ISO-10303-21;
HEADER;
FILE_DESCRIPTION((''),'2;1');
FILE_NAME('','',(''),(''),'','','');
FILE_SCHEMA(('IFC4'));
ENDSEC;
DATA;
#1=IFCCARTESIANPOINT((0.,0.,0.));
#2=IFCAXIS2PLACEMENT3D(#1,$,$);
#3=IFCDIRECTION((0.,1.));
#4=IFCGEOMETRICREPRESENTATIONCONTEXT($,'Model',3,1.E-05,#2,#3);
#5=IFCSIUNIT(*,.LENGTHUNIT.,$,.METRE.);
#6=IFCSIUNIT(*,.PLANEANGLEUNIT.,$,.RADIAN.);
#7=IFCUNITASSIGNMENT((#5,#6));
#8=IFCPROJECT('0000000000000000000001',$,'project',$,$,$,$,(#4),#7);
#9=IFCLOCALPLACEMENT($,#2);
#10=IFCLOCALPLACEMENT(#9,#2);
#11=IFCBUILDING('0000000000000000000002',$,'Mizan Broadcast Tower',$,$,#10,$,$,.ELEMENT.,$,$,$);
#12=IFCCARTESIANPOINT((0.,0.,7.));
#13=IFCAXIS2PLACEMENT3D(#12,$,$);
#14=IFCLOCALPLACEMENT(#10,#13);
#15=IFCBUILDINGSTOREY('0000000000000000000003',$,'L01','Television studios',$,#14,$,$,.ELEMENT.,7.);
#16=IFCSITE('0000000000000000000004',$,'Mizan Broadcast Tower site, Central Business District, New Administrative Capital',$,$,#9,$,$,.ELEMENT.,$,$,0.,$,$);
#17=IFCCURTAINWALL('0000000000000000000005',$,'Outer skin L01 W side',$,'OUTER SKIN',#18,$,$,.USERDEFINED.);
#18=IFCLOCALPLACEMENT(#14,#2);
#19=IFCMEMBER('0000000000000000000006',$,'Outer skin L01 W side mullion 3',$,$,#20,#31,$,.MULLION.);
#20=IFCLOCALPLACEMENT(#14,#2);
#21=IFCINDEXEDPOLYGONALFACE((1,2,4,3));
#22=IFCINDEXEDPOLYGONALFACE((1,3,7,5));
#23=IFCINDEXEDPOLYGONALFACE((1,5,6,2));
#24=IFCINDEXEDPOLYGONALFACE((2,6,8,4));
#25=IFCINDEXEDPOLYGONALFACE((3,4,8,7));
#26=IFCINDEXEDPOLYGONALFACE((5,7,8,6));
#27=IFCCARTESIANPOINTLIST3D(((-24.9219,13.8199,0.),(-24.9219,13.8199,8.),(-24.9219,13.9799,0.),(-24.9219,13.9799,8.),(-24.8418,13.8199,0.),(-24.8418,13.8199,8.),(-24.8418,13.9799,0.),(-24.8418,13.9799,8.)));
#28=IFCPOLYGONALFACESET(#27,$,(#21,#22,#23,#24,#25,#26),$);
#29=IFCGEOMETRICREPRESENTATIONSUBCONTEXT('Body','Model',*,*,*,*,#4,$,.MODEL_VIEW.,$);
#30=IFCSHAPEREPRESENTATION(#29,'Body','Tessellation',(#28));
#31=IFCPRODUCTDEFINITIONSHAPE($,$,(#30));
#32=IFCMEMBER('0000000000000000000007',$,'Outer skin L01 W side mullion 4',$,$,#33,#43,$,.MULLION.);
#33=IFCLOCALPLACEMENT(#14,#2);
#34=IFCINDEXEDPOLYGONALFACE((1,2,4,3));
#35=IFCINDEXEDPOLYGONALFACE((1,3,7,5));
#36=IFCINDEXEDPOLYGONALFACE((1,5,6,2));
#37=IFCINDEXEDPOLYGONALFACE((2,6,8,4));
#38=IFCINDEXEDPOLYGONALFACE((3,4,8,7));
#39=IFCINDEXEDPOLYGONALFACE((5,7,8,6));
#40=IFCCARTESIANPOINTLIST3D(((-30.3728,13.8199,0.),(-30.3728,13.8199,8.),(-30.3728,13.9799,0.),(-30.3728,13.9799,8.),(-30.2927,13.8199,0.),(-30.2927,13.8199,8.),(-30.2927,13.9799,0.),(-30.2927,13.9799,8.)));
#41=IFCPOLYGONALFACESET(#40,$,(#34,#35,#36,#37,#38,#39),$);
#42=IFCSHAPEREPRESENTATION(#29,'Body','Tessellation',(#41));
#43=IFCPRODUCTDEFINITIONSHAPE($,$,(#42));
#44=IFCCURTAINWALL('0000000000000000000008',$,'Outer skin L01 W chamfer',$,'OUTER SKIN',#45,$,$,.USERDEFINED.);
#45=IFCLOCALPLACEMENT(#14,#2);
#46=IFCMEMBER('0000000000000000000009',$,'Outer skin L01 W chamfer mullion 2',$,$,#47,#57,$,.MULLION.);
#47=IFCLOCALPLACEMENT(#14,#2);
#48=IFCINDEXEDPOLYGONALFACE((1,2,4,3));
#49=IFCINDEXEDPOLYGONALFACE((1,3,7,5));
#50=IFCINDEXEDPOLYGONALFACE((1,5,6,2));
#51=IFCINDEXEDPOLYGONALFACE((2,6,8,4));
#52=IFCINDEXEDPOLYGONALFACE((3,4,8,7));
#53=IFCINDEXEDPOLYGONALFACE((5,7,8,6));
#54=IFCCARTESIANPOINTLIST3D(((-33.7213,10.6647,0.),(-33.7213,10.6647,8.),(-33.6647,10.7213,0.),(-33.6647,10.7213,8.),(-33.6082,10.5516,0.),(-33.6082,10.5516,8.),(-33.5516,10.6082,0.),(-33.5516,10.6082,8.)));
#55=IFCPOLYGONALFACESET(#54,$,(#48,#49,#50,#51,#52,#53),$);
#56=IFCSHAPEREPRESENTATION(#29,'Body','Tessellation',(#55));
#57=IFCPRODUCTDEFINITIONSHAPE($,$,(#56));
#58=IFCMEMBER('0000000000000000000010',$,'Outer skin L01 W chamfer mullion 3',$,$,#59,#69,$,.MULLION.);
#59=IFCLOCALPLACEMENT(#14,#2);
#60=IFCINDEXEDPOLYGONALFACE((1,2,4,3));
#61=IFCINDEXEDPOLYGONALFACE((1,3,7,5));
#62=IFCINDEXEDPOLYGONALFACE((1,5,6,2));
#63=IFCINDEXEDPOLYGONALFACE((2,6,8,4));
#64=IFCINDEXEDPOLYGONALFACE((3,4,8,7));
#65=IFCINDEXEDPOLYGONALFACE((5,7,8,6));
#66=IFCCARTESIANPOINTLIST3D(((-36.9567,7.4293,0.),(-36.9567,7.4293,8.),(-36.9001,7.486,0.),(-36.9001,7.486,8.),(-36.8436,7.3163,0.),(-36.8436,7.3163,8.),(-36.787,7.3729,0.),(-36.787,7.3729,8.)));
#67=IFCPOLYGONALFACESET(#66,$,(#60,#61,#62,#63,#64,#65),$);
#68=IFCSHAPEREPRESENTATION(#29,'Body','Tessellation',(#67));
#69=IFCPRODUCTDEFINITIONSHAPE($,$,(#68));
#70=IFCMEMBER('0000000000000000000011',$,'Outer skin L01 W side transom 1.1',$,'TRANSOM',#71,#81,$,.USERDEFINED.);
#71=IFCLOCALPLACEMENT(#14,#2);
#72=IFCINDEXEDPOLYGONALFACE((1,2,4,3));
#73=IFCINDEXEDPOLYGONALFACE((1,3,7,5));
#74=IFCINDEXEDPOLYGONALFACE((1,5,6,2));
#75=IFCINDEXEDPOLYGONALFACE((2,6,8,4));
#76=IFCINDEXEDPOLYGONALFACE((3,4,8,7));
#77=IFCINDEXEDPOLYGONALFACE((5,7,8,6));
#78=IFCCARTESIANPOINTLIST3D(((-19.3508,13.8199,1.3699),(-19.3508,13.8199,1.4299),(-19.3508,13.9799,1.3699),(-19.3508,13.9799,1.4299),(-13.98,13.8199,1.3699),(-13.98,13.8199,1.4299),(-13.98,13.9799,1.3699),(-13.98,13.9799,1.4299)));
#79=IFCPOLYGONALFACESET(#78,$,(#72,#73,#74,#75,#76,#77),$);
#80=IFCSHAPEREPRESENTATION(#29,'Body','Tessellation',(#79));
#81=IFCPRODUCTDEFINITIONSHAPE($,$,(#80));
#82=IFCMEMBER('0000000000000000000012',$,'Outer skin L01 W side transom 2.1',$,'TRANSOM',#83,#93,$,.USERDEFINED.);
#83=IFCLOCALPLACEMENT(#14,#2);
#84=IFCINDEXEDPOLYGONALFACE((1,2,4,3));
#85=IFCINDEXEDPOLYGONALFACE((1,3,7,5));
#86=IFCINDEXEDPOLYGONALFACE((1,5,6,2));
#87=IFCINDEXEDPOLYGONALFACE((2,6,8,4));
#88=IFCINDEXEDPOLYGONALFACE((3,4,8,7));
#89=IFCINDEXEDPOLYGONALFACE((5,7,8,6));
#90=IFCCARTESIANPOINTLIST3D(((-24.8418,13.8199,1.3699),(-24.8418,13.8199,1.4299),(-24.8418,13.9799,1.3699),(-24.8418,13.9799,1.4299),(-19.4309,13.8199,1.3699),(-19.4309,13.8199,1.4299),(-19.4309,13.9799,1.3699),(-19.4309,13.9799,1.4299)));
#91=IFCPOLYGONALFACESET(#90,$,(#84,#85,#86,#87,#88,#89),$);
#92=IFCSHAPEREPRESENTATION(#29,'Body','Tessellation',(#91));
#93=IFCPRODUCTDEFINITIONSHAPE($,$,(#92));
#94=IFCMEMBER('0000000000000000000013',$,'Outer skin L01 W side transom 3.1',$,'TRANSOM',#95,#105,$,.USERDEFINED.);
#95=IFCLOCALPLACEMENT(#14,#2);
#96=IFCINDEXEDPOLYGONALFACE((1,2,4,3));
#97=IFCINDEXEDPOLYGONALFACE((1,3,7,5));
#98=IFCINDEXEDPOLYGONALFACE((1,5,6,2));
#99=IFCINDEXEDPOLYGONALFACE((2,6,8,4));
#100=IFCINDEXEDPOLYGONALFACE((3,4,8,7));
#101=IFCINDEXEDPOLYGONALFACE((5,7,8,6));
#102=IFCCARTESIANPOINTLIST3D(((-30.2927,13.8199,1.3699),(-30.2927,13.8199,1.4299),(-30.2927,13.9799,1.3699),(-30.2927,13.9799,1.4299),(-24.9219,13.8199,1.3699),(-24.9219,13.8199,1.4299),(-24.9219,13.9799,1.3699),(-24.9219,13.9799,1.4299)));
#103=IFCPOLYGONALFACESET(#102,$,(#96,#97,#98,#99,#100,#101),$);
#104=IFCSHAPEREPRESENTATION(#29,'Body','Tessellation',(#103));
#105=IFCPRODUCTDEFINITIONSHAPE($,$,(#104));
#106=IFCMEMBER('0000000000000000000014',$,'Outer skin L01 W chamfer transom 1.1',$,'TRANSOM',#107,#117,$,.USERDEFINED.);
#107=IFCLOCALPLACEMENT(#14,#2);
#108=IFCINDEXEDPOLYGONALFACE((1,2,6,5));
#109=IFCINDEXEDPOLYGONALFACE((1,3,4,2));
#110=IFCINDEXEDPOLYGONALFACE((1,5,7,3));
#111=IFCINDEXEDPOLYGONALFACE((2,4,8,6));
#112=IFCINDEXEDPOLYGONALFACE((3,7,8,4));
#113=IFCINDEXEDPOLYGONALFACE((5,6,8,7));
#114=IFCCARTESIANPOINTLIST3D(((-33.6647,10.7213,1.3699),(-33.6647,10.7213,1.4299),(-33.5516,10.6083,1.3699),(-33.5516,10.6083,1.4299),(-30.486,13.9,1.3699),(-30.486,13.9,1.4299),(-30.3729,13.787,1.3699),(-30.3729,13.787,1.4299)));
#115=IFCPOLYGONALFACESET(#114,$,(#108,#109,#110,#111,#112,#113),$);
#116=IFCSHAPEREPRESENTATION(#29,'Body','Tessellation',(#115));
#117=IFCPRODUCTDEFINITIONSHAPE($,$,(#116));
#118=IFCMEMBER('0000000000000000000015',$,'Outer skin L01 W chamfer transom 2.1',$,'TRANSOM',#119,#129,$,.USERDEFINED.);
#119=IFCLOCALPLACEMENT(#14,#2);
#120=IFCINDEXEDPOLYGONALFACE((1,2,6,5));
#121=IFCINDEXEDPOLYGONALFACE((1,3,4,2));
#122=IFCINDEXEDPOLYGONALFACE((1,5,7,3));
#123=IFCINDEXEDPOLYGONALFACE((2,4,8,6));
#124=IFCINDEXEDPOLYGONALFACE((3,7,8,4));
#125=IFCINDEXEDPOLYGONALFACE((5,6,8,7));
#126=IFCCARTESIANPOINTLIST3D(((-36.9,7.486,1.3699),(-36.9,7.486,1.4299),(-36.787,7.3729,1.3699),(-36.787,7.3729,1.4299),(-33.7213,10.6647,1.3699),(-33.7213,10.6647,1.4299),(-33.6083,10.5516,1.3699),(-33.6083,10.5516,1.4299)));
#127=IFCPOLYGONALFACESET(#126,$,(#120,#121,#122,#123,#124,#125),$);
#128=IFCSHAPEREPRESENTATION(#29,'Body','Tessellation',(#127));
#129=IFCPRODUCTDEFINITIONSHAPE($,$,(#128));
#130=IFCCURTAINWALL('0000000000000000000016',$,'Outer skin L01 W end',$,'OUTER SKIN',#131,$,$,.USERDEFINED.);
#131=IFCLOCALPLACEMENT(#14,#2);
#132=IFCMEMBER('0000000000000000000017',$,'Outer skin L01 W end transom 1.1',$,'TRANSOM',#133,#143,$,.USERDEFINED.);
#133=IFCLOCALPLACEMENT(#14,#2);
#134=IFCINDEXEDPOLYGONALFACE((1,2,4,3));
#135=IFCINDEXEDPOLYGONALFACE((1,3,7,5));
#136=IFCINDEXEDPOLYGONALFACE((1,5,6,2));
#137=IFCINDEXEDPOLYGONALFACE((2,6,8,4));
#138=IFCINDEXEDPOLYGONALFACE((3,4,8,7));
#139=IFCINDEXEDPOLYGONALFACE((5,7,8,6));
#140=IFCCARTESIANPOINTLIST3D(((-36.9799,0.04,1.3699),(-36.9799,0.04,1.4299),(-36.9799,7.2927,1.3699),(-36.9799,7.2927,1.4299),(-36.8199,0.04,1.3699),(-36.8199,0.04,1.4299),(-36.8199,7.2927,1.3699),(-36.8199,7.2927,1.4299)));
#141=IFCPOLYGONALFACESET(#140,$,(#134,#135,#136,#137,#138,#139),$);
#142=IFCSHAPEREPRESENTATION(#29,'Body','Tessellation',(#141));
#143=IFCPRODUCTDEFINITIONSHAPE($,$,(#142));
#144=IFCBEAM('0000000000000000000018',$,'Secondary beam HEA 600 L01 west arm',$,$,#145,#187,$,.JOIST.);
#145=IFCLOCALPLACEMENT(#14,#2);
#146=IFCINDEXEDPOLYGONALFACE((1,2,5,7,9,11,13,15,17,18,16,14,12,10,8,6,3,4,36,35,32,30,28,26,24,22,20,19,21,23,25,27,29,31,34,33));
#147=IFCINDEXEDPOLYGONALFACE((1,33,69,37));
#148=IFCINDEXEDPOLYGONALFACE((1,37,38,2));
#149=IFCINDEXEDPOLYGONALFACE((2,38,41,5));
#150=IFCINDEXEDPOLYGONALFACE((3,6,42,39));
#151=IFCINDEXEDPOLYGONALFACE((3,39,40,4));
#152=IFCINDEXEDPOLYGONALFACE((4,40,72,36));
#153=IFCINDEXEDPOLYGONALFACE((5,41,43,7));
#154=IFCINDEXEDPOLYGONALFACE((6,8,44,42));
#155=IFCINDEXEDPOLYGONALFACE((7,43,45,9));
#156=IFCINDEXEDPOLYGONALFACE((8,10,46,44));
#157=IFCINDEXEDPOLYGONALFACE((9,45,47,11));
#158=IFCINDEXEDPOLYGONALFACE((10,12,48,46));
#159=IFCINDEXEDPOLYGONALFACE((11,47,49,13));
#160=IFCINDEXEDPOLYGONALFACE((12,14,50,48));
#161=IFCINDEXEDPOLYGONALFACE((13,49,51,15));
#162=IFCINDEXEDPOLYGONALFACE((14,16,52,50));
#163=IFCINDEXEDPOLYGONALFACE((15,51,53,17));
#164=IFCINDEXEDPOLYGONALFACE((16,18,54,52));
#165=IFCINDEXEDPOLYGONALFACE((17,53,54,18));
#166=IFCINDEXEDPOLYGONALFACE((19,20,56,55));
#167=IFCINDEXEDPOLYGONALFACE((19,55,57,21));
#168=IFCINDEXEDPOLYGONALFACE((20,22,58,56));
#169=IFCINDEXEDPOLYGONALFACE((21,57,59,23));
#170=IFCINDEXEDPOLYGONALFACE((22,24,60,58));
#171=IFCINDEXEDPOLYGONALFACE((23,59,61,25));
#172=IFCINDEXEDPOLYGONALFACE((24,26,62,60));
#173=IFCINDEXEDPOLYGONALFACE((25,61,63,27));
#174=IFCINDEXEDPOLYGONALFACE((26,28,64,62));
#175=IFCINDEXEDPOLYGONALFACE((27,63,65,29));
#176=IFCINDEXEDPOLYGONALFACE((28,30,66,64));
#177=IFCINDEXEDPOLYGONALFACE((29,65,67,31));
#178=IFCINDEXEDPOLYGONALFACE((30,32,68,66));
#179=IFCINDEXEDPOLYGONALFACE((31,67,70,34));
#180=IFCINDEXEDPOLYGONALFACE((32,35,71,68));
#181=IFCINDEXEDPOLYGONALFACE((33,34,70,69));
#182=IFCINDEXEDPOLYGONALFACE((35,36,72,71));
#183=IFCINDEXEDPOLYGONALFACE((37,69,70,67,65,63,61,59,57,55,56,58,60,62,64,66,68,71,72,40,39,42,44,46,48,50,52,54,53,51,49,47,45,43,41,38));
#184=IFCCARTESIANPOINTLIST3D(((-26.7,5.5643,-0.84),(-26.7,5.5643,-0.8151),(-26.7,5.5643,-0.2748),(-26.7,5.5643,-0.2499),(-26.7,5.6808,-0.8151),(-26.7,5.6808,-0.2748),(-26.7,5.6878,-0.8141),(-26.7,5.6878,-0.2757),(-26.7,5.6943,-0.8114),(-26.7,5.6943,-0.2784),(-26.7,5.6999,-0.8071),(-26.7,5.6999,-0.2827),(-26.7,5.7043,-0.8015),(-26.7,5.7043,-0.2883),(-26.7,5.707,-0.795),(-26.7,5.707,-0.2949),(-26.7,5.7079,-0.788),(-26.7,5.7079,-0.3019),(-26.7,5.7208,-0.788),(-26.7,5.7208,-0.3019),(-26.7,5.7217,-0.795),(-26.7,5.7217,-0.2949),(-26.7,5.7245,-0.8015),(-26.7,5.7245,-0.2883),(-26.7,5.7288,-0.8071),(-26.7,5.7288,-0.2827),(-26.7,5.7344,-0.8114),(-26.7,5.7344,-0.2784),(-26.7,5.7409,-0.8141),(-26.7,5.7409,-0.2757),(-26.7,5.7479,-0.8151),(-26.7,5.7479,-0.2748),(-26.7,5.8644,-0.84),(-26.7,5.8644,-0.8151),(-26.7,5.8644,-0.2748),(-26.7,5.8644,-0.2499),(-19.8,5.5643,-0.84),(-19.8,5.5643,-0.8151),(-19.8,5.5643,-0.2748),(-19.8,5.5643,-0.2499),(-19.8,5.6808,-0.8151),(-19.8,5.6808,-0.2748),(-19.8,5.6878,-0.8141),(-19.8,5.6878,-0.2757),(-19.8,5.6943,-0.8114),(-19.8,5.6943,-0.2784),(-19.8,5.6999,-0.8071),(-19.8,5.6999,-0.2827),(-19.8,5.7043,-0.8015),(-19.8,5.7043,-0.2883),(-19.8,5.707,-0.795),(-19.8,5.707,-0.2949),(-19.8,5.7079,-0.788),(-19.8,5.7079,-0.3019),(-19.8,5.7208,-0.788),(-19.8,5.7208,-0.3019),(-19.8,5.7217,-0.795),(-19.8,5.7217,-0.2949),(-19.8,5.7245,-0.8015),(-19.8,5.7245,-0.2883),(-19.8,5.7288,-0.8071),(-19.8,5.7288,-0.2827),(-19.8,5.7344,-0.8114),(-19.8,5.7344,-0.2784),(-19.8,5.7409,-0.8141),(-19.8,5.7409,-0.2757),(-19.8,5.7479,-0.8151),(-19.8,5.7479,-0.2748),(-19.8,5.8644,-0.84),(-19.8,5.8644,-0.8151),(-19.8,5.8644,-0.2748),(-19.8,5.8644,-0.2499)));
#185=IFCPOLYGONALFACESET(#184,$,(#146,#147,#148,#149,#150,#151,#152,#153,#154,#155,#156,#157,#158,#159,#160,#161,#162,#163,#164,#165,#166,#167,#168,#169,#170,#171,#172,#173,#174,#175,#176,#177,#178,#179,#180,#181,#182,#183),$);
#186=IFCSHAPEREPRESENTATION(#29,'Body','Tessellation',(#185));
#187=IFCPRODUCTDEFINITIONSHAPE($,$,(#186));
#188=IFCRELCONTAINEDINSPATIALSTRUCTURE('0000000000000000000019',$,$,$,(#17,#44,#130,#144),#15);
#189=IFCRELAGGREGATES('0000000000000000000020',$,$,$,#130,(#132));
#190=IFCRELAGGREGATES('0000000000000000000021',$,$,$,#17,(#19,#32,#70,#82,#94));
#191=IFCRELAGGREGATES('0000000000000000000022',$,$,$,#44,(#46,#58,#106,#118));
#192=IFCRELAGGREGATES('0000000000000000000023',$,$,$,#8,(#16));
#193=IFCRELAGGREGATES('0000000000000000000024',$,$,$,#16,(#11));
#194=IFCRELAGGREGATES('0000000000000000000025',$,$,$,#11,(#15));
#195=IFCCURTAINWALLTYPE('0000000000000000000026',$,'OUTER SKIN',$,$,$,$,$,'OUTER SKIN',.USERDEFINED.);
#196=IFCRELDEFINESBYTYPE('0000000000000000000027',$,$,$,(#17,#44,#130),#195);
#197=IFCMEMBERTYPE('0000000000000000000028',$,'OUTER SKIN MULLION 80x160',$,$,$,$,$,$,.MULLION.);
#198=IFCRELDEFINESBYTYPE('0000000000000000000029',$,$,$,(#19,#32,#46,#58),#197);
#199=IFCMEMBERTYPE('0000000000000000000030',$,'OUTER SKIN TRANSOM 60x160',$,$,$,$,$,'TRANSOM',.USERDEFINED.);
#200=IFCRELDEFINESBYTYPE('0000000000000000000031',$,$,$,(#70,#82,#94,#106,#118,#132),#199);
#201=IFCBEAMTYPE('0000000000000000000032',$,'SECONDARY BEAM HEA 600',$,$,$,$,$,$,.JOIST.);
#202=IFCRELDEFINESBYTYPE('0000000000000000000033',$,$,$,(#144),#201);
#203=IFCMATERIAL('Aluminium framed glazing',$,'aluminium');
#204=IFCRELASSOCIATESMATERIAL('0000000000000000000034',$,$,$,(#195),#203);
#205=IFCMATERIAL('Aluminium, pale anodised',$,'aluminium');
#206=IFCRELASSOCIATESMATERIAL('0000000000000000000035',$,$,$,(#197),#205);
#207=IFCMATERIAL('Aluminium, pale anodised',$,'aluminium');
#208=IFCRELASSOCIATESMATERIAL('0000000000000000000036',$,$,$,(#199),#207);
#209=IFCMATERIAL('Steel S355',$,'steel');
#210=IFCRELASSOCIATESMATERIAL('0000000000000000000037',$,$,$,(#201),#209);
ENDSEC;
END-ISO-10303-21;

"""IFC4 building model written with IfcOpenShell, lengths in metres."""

from ifc_helpers import new_model, si_unit, direction, frame, origin, origin_2d, place, context, subcontext, project, spatial, rectangle, i_section, extrude, material, material_profile, profile_set, type_object, element, aggregate, save


model = new_model("IFC4")

# Units and contexts
model_context = context("Model", 3, precision=1e-05, world=origin(), true_north=direction((0.0, 1.0)))
body_context = subcontext(model_context, "Body", "Model", "MODEL_VIEW")
ifc_project = project(units=[si_unit("LENGTHUNIT", "METRE"), si_unit("PLANEANGLEUNIT", "RADIAN")], contexts=[model_context])

# Site, building, storey
site_placement = place(None, origin())
site = spatial("IfcSite", under=ifc_project, at=site_placement, Name="Mizan Broadcast Tower site, Central Business District, New Administrative Capital", CompositionType="ELEMENT", RefElevation=0.0)
building_placement = place(site_placement, origin())
building = spatial("IfcBuilding", under=site, at=building_placement, Name="Mizan Broadcast Tower", CompositionType="ELEMENT")
storey_placement = place(building_placement, frame((0.0, 0.0, 7.0)))
storey = spatial("IfcBuildingStorey", under=building, at=storey_placement, Name="L01", Description="Television studios", CompositionType="ELEMENT", Elevation=7.0)

# Shared definitions
ifc_material_1 = material(Name="Aluminium framed glazing", Category="aluminium")
curtain_wall_type_1 = type_object("IfcCurtainWallType", Name="OUTER SKIN", ElementType="OUTER SKIN", PredefinedType="USERDEFINED", material=ifc_material_1)
ifc_material_2 = material(Name="Aluminium, pale anodised", Category="aluminium")
ifc_material_profile_1 = material_profile(ifc_material_2, rectangle(XDim=0.1599, YDim=0.0801, at=origin_2d()), Name="MULLION 160x80")
ifc_profile_set_1 = profile_set([ifc_material_profile_1], Name="Aluminium, pale anodised")
member_type_1 = type_object("IfcMemberType", Name="OUTER SKIN MULLION 80x160", PredefinedType="MULLION", material=ifc_profile_set_1)

# Curtain walls, members
curtain_wall_1_placement = place(storey_placement, origin())
curtain_wall_1 = element("IfcCurtainWall", 1, at=curtain_wall_1_placement, inside=storey, type_object=curtain_wall_type_1, Name="Outer skin L01 W side", ObjectType="OUTER SKIN", PredefinedType="USERDEFINED")
member_1_placement = place(storey_placement, frame((-24.8818, 13.8999, 0.0), z_axis=(0.0, 0.0, 1.0), x_axis=(0.0, -1.0, 0.0)))
member_1 = element("IfcMember", 2, at=member_1_placement, type_object=member_type_1, Name="Outer skin L01 W side mullion 3", PredefinedType="MULLION", context=body_context, shape_type="SweptSolid", body=[
    extrude(rectangle(XDim=0.1599, YDim=0.0801, at=origin_2d()), origin(), (0.0, 0.0, 1.0), 8.0),
])
member_2_placement = place(storey_placement, frame((-30.3328, 13.8999, 0.0), z_axis=(0.0, 0.0, 1.0), x_axis=(0.0, -1.0, 0.0)))
member_2 = element("IfcMember", 3, at=member_2_placement, type_object=member_type_1, Name="Outer skin L01 W side mullion 4", PredefinedType="MULLION", context=body_context, shape_type="SweptSolid", body=[
    extrude(rectangle(XDim=0.1599, YDim=0.0801, at=origin_2d()), origin(), (0.0, 0.0, 1.0), 8.0),
])
curtain_wall_2_placement = place(storey_placement, origin())
curtain_wall_2 = element("IfcCurtainWall", 4, at=curtain_wall_2_placement, inside=storey, type_object=curtain_wall_type_1, Name="Outer skin L01 W chamfer", ObjectType="OUTER SKIN", PredefinedType="USERDEFINED")
member_3_placement = place(storey_placement, frame((-33.6365, 10.6365, 0.0), z_axis=(0.0, 0.0, 1.0), x_axis=(0.707107, -0.707107, 0.0)))
member_3 = element("IfcMember", 5, at=member_3_placement, type_object=member_type_1, Name="Outer skin L01 W chamfer mullion 2", PredefinedType="MULLION", context=body_context, shape_type="SweptSolid", body=[
    extrude(rectangle(XDim=0.1599, YDim=0.0801, at=origin_2d()), origin(), (0.0, 0.0, 1.0), 8.0),
])
member_4_placement = place(storey_placement, frame((-36.8718, 7.4011, 0.0), z_axis=(0.0, 0.0, 1.0), x_axis=(0.707107, -0.707107, 0.0)))
member_4 = element("IfcMember", 6, at=member_4_placement, type_object=member_type_1, Name="Outer skin L01 W chamfer mullion 3", PredefinedType="MULLION", context=body_context, shape_type="SweptSolid", body=[
    extrude(rectangle(XDim=0.1599, YDim=0.0801, at=origin_2d()), origin(), (0.0, 0.0, 1.0), 8.0),
])

# Members
ifc_material_3 = material(Name="Aluminium, pale anodised", Category="aluminium")
ifc_material_profile_2 = material_profile(ifc_material_3, rectangle(XDim=0.1599, YDim=0.0601, at=origin_2d()), Name="TRANSOM 160x60")
ifc_profile_set_2 = profile_set([ifc_material_profile_2], Name="Aluminium, pale anodised")
member_type_2 = type_object("IfcMemberType", Name="OUTER SKIN TRANSOM 60x160", ElementType="TRANSOM", PredefinedType="USERDEFINED", material=ifc_profile_set_2)
member_5_placement = place(storey_placement, frame((-13.98, 13.8999, 1.3999), z_axis=(-1.0, 0.0, 0.0), x_axis=(0.0, -1.0, 0.0)))
member_5 = element("IfcMember", 7, at=member_5_placement, type_object=member_type_2, Name="Outer skin L01 W side transom 1.1", ObjectType="TRANSOM", PredefinedType="USERDEFINED", context=body_context, shape_type="SweptSolid", body=[
    extrude(rectangle(XDim=0.1599, YDim=0.0601, at=origin_2d()), origin(), (0.0, 0.0, 1.0), 5.3708),
])
member_6_placement = place(storey_placement, frame((-19.4309, 13.8999, 1.3999), z_axis=(-1.0, 0.0, 0.0), x_axis=(0.0, -1.0, 0.0)))
member_6 = element("IfcMember", 8, at=member_6_placement, type_object=member_type_2, Name="Outer skin L01 W side transom 2.1", ObjectType="TRANSOM", PredefinedType="USERDEFINED", context=body_context, shape_type="SweptSolid", body=[
    extrude(rectangle(XDim=0.1599, YDim=0.0601, at=origin_2d()), origin(), (0.0, 0.0, 1.0), 5.4109),
])
member_7_placement = place(storey_placement, frame((-24.9219, 13.8999, 1.3999), z_axis=(-1.0, 0.0, 0.0), x_axis=(0.0, -1.0, 0.0)))
member_7 = element("IfcMember", 9, at=member_7_placement, type_object=member_type_2, Name="Outer skin L01 W side transom 3.1", ObjectType="TRANSOM", PredefinedType="USERDEFINED", context=body_context, shape_type="SweptSolid", body=[
    extrude(rectangle(XDim=0.1599, YDim=0.0601, at=origin_2d()), origin(), (0.0, 0.0, 1.0), 5.3708),
])
member_8_placement = place(storey_placement, frame((-30.4294, 13.8435, 1.3999), z_axis=(-0.707107, -0.707107, 0.0), x_axis=(0.707107, -0.707107, 0.0)))
member_8 = element("IfcMember", 10, at=member_8_placement, type_object=member_type_2, Name="Outer skin L01 W chamfer transom 1.1", ObjectType="TRANSOM", PredefinedType="USERDEFINED", context=body_context, shape_type="SweptSolid", body=[
    extrude(rectangle(XDim=0.1599, YDim=0.0601, at=origin_2d()), origin(), (0.0, 0.0, 1.0), 4.4954),
])
member_9_placement = place(storey_placement, frame((-33.6648, 10.6082, 1.3999), z_axis=(-0.707107, -0.707107, 0.0), x_axis=(0.707107, -0.707107, 0.0)))
member_9 = element("IfcMember", 11, at=member_9_placement, type_object=member_type_2, Name="Outer skin L01 W chamfer transom 2.1", ObjectType="TRANSOM", PredefinedType="USERDEFINED", context=body_context, shape_type="SweptSolid", body=[
    extrude(rectangle(XDim=0.1599, YDim=0.0601, at=origin_2d()), origin(), (0.0, 0.0, 1.0), 4.4954),
])

# Curtain wall, member
curtain_wall_3_placement = place(storey_placement, origin())
curtain_wall_3 = element("IfcCurtainWall", 12, at=curtain_wall_3_placement, inside=storey, type_object=curtain_wall_type_1, Name="Outer skin L01 W end", ObjectType="OUTER SKIN", PredefinedType="USERDEFINED")
member_10_placement = place(storey_placement, frame((-36.8999, 7.2927, 1.3999), z_axis=(0.0, -1.0, 0.0), x_axis=(1.0, 0.0, 0.0)))
member_10 = element("IfcMember", 13, at=member_10_placement, type_object=member_type_2, Name="Outer skin L01 W end transom 1.1", ObjectType="TRANSOM", PredefinedType="USERDEFINED", context=body_context, shape_type="SweptSolid", body=[
    extrude(rectangle(XDim=0.1599, YDim=0.0601, at=origin_2d()), origin(), (0.0, 0.0, 1.0), 7.2527),
])
aggregate(curtain_wall_3, [member_10])

# Beam
ifc_material_4 = material(Name="Steel S355", Category="steel")
ifc_material_profile_3 = material_profile(ifc_material_4, i_section(OverallWidth=0.3, OverallDepth=0.5901, WebThickness=0.0129, FlangeThickness=0.0249, FilletRadius=0.0271, at=origin_2d()), Name="HEA 600")
ifc_profile_set_3 = profile_set([ifc_material_profile_3], Name="Steel S355")
beam_type_1 = type_object("IfcBeamType", Name="SECONDARY BEAM HEA 600", PredefinedType="JOIST", material=ifc_profile_set_3)
beam_1_placement = place(storey_placement, frame((-19.8, 5.7144, -0.5449), z_axis=(-1.0, 0.0, 0.0), x_axis=(0.0, -1.0, 0.0)))
element("IfcBeam", 14, at=beam_1_placement, inside=storey, type_object=beam_type_1, Name="Secondary beam HEA 600 L01 west arm", PredefinedType="JOIST", context=body_context, shape_type="SweptSolid", body=[
    extrude(i_section(OverallWidth=0.3, OverallDepth=0.5901, WebThickness=0.0129, FlangeThickness=0.0249, FilletRadius=0.0271, at=origin_2d()), origin(), (0.0, 0.0, 1.0), 6.8999),
])

aggregate(curtain_wall_1, [member_1, member_2, member_5, member_6, member_7])
aggregate(curtain_wall_2, [member_3, member_4, member_8, member_9])

save(model, "model.ifc")
